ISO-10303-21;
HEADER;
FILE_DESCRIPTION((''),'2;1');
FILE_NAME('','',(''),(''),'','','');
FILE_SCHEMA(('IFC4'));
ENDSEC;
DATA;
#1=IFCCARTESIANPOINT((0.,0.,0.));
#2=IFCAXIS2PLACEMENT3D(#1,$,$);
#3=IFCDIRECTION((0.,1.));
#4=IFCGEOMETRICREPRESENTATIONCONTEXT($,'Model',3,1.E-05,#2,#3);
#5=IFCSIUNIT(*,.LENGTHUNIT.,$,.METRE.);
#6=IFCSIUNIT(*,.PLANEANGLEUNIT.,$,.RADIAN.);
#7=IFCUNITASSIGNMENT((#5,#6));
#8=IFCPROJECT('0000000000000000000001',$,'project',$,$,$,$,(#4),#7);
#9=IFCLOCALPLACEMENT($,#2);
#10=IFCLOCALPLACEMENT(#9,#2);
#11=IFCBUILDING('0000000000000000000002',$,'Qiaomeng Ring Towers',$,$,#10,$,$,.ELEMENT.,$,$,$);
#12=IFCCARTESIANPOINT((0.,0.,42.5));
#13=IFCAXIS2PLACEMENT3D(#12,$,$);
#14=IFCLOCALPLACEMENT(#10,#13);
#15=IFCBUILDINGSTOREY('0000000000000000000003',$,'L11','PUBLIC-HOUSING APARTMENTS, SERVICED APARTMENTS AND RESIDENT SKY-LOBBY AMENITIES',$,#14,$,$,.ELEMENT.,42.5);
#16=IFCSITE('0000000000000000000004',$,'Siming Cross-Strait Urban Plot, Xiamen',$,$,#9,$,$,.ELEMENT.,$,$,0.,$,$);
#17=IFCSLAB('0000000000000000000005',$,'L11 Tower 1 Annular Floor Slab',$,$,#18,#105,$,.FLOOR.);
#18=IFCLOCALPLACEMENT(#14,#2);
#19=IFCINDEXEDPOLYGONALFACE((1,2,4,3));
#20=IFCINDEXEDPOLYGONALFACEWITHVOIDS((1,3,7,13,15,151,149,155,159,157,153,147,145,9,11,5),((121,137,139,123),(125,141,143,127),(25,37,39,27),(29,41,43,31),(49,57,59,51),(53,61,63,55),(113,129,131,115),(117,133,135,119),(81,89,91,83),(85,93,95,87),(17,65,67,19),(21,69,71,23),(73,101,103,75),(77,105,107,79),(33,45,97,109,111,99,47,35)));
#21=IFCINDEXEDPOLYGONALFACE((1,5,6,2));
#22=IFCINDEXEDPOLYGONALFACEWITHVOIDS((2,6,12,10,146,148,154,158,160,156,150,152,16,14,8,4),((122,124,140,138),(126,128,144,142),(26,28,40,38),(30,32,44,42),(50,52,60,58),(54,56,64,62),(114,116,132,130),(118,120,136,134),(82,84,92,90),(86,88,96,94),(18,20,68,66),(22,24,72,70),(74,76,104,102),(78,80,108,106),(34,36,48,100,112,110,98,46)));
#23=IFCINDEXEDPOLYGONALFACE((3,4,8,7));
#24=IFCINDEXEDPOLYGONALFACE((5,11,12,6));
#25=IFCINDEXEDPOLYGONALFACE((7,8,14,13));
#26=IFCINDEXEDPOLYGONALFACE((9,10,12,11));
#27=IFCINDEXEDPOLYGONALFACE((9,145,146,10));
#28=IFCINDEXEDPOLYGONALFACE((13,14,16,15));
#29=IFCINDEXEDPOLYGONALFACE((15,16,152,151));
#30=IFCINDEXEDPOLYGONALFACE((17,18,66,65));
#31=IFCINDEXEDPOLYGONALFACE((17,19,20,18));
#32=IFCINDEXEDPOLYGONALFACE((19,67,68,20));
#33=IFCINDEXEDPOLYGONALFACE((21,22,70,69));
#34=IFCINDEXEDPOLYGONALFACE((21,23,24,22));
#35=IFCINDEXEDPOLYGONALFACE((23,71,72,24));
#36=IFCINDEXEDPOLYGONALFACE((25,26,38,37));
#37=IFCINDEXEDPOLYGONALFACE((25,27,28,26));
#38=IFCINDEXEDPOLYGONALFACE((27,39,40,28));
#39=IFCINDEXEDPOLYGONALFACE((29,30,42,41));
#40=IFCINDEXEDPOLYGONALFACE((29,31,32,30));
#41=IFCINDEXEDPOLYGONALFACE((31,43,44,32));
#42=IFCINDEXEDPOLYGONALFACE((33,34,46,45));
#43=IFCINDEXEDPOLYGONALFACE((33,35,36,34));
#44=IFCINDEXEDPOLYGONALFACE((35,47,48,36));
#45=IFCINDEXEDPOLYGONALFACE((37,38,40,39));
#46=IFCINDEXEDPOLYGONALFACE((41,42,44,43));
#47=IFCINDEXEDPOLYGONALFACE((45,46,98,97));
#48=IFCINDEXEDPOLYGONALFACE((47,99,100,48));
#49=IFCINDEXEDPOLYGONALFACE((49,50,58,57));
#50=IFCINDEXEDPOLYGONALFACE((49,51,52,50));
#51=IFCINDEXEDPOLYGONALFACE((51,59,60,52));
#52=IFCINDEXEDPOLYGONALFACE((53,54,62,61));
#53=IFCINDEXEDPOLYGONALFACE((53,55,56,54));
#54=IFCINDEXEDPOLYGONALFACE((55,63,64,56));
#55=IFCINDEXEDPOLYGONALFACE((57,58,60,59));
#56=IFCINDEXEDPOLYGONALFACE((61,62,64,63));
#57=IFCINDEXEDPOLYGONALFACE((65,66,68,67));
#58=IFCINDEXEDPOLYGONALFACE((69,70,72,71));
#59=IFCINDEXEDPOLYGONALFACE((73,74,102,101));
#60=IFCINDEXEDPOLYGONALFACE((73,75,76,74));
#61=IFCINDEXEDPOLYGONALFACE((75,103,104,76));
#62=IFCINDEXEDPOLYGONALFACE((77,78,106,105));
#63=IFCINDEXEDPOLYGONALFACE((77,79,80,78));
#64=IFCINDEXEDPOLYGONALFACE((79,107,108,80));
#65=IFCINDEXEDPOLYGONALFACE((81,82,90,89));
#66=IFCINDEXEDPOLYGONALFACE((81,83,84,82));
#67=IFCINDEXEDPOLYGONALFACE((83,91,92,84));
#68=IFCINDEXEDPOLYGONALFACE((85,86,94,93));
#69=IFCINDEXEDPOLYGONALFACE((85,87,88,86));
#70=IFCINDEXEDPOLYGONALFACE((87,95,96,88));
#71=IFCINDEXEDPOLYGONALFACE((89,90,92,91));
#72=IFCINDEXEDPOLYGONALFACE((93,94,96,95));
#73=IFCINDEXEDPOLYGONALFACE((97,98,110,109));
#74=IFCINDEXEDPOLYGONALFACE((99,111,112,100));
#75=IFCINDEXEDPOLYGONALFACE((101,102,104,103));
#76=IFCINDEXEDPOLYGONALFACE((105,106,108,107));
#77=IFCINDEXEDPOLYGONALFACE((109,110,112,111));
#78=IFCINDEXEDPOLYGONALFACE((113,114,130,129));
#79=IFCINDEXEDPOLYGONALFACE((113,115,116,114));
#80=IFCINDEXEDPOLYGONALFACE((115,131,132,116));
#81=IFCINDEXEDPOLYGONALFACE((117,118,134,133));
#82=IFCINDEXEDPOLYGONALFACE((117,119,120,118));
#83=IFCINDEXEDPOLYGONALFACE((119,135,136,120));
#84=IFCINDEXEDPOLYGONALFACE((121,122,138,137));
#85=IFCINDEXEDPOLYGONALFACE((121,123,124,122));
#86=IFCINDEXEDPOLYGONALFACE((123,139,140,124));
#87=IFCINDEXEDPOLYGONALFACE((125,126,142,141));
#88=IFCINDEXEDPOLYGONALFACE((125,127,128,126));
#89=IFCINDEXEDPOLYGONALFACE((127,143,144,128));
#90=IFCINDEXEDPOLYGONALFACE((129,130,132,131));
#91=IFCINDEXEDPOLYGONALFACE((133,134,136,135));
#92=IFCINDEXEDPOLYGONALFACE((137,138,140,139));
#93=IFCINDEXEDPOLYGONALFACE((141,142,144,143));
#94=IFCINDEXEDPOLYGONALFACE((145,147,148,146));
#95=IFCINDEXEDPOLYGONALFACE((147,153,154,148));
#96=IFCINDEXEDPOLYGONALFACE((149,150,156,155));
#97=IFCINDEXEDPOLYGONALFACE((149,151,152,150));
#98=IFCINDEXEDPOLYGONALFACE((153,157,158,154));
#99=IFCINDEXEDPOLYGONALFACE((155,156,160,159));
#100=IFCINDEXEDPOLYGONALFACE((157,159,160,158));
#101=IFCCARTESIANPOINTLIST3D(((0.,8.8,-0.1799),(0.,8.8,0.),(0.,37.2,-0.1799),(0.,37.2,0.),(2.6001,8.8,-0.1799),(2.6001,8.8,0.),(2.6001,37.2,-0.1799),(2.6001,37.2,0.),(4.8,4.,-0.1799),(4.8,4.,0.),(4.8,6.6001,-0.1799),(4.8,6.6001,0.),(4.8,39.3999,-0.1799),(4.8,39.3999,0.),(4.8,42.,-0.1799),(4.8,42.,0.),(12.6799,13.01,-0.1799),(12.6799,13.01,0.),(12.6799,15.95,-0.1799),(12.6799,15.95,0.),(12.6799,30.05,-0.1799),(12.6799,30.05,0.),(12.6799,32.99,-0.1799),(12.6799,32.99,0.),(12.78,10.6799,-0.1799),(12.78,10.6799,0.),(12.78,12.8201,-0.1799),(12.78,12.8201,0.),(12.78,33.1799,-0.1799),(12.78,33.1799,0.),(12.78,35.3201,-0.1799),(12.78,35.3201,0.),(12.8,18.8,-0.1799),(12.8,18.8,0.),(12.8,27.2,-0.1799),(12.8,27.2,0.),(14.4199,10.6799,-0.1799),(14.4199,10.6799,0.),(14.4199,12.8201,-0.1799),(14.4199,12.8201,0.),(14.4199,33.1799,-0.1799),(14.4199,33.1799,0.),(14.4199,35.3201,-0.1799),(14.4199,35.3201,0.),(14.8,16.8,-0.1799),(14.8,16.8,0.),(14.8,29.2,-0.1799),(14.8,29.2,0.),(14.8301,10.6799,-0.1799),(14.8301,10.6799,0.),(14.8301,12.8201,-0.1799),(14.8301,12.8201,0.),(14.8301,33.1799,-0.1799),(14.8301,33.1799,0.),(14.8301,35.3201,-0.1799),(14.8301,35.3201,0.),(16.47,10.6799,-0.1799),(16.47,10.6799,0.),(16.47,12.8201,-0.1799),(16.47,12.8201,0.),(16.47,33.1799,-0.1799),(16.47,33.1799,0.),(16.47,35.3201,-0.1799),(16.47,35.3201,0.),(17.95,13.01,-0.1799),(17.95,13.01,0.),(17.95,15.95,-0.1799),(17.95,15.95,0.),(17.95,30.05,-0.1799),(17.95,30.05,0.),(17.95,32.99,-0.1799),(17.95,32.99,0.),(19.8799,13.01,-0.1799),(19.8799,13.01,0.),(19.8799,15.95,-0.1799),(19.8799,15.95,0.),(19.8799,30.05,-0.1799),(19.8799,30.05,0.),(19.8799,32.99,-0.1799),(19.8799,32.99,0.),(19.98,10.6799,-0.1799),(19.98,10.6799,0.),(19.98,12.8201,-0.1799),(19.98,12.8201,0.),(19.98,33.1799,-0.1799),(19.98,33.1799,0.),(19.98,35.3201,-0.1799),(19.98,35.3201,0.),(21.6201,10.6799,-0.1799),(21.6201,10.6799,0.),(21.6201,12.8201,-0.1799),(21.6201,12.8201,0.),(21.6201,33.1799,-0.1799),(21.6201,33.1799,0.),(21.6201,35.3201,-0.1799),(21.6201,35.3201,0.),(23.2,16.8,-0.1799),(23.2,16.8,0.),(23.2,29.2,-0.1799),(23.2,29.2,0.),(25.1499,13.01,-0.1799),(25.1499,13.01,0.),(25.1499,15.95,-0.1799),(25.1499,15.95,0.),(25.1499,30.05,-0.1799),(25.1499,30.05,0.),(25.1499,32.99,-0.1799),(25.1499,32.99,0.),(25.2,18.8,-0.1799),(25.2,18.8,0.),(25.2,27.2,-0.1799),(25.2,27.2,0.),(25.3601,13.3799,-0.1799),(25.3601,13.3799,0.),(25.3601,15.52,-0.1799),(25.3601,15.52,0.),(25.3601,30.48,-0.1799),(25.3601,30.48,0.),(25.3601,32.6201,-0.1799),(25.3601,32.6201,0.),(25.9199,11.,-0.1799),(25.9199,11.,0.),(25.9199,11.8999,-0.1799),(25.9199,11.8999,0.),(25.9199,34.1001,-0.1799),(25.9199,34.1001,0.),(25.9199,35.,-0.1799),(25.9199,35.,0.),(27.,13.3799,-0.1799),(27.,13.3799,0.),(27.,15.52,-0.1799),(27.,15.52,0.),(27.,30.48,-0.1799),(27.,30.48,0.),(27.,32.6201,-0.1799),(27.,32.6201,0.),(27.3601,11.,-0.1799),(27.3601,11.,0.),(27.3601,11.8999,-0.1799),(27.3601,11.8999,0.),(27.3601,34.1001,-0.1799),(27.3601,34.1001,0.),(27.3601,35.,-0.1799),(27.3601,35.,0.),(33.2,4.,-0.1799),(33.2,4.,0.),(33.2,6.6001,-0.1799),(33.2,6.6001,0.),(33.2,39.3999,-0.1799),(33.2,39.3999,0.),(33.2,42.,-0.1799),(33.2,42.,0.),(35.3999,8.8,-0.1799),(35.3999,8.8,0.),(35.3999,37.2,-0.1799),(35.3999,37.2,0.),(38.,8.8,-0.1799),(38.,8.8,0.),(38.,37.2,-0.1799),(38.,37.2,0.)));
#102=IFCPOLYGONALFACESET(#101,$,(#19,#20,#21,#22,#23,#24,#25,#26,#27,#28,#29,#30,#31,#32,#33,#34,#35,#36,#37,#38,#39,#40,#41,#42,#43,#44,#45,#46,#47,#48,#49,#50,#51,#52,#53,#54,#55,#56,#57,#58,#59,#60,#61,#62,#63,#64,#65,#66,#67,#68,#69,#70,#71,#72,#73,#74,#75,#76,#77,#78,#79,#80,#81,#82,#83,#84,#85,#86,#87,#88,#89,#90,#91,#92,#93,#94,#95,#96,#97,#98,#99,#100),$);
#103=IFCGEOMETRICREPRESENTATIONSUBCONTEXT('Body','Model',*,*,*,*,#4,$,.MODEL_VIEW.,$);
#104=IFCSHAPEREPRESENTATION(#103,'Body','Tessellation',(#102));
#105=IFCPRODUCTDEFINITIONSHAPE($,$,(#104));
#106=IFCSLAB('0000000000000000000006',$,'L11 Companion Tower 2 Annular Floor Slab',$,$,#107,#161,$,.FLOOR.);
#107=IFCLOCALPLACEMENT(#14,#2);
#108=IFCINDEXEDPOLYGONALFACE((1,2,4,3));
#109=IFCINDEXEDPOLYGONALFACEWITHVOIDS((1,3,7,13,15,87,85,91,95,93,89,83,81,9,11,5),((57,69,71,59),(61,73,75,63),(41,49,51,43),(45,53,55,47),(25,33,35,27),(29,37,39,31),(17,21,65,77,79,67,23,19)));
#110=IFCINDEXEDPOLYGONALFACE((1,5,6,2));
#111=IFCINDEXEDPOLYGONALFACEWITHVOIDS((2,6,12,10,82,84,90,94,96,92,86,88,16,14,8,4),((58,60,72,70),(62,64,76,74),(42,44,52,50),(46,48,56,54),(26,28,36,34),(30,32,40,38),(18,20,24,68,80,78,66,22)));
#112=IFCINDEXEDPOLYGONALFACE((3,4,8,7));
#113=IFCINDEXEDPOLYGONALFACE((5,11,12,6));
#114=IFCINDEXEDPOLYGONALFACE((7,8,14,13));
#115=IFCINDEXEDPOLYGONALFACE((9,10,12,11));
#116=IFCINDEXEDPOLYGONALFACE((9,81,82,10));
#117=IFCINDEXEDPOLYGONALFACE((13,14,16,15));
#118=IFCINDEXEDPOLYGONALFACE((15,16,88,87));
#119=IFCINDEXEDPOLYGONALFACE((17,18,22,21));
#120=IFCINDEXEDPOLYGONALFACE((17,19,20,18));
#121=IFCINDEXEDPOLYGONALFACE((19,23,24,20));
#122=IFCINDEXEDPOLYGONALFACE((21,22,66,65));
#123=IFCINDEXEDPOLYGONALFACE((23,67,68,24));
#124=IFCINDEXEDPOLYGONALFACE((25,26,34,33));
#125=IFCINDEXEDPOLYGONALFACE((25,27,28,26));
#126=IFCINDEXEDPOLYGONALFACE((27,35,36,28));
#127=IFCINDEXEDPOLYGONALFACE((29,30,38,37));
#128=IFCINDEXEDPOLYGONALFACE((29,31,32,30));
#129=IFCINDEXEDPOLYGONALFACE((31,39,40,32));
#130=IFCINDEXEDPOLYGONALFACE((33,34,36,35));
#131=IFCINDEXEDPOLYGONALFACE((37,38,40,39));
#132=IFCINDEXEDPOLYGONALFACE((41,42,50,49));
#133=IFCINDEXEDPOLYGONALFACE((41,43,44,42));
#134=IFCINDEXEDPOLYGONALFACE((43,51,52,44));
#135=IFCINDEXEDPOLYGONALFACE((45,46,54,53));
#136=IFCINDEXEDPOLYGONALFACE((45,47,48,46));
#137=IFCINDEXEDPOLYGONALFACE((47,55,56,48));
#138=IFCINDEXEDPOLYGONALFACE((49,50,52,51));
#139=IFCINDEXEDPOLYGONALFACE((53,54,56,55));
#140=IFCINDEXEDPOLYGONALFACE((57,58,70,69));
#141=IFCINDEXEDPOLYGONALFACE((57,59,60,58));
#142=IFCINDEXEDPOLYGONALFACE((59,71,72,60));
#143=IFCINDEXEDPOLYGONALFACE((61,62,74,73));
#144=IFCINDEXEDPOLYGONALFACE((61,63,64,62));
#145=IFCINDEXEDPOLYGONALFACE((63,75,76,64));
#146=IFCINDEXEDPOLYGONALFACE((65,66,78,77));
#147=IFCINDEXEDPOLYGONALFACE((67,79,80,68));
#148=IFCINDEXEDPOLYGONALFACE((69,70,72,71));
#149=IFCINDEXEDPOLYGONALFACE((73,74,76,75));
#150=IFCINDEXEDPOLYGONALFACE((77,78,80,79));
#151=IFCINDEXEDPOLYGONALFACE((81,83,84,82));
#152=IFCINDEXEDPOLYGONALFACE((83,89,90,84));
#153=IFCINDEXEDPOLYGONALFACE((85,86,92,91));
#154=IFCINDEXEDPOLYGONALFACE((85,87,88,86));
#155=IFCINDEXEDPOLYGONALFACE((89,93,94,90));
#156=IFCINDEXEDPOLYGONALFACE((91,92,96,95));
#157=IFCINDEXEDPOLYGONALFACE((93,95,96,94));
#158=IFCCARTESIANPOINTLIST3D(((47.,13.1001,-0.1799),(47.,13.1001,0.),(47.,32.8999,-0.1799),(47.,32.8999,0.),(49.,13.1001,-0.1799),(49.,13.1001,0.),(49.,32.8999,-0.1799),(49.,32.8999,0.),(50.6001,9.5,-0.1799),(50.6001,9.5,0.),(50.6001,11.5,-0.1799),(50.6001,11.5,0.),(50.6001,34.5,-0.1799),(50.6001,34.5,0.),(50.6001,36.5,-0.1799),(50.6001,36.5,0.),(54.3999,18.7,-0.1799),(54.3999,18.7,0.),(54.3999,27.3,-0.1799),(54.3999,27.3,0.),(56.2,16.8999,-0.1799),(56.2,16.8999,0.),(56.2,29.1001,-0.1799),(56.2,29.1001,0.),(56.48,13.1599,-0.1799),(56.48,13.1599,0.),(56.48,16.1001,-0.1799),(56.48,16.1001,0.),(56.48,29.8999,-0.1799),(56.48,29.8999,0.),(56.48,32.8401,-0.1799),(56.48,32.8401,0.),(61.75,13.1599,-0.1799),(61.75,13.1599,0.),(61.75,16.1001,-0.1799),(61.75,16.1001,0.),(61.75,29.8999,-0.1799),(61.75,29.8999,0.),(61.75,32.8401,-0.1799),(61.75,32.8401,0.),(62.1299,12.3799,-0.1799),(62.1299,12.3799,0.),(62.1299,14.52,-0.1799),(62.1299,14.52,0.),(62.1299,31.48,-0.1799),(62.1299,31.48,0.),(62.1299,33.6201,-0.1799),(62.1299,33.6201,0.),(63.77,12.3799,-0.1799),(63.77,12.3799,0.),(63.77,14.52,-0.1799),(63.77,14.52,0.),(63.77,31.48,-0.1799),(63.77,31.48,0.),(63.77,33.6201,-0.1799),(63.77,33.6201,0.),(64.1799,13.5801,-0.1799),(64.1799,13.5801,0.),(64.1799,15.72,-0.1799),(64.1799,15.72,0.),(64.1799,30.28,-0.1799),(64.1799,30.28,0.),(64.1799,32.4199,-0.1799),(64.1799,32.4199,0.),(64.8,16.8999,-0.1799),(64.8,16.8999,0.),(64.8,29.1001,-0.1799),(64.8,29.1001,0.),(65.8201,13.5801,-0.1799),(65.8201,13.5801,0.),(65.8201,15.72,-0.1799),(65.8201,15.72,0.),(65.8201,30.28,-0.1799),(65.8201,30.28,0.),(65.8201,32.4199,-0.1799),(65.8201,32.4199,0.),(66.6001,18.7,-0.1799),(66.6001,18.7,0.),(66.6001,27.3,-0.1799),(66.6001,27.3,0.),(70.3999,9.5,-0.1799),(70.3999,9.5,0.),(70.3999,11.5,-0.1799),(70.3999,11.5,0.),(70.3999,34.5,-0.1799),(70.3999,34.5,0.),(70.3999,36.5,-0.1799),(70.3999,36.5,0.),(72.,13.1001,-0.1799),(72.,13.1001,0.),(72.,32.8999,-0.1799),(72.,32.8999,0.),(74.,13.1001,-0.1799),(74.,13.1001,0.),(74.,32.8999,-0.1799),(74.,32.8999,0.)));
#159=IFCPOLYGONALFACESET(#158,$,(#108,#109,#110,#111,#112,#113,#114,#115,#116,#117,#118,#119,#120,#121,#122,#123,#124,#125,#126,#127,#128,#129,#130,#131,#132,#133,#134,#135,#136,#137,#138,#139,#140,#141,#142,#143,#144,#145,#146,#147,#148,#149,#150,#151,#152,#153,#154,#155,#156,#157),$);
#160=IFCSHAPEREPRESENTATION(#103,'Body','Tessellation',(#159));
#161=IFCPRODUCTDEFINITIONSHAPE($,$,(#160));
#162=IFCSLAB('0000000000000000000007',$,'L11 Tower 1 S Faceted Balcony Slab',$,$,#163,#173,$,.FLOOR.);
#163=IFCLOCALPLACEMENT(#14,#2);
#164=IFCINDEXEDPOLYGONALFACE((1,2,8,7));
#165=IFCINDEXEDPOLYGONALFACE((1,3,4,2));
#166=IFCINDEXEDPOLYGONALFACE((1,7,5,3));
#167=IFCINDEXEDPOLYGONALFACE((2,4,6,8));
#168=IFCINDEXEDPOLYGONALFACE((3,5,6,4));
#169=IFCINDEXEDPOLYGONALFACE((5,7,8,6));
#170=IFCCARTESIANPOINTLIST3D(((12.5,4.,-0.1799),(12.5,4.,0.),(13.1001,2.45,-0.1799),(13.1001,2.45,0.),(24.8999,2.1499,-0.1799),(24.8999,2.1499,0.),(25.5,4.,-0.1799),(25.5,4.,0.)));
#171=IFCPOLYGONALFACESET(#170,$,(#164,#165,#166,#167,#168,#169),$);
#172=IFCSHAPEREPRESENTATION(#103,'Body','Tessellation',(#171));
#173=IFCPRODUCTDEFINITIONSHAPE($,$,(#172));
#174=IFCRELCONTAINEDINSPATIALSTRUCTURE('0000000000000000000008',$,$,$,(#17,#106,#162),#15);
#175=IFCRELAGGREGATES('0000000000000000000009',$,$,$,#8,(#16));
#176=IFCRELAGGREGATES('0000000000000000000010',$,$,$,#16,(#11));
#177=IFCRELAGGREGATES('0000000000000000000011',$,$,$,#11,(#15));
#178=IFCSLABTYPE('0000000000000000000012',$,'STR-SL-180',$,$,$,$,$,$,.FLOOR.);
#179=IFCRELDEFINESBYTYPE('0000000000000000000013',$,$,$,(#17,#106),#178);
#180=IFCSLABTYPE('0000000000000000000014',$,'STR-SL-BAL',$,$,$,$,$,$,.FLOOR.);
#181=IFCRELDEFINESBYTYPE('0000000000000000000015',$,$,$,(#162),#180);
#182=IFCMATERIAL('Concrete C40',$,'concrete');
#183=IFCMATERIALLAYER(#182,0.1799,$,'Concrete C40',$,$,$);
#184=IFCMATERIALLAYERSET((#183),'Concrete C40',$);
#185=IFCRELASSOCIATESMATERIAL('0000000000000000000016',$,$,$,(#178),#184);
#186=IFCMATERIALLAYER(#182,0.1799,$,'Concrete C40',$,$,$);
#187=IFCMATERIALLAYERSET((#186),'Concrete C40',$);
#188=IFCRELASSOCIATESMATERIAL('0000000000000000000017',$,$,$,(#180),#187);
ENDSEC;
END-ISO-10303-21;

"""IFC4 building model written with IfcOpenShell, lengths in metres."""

from ifc_helpers import new_model, si_unit, direction, frame, origin, place, context, subcontext, project, spatial, polyline, outline, extrude, material, layer, layer_set, type_object, element, save


model = new_model("IFC4")

# Units and contexts
model_context = context("Model", 3, precision=1e-05, world=origin(), true_north=direction((0.0, 1.0)))
body_context = subcontext(model_context, "Body", "Model", "MODEL_VIEW")
ifc_project = project(units=[si_unit("LENGTHUNIT", "METRE"), si_unit("PLANEANGLEUNIT", "RADIAN")], contexts=[model_context])

# Site, building, storey
site_placement = place(None, origin())
site = spatial("IfcSite", under=ifc_project, at=site_placement, Name="Siming Cross-Strait Urban Plot, Xiamen", CompositionType="ELEMENT", RefElevation=0.0)
building_placement = place(site_placement, origin())
building = spatial("IfcBuilding", under=site, at=building_placement, Name="Qiaomeng Ring Towers", CompositionType="ELEMENT")
storey_placement = place(building_placement, frame((0.0, 0.0, 42.5)))
storey = spatial("IfcBuildingStorey", under=building, at=storey_placement, Name="L11", Description="PUBLIC-HOUSING APARTMENTS, SERVICED APARTMENTS AND RESIDENT SKY-LOBBY AMENITIES", CompositionType="ELEMENT", Elevation=42.5)

# Slabs
ifc_material_1 = material(Name="Concrete C40", Category="concrete")
ifc_layer_1 = layer(ifc_material_1, 0.1799, Name="Concrete C40")
ifc_layer_set_1 = layer_set([ifc_layer_1], Name="Concrete C40")
slab_type_1 = type_object("IfcSlabType", Name="STR-SL-180", PredefinedType="FLOOR", material=ifc_layer_set_1)
slab_1_placement = place(storey_placement, frame((0.0, 0.0, -0.1799)))
element("IfcSlab", 1, at=slab_1_placement, inside=storey, type_object=slab_type_1, Name="L11 Tower 1 Annular Floor Slab", PredefinedType="FLOOR", context=body_context, shape_type="SweptSolid", body=[
    extrude(outline(polyline([(4.8, 4.0), (33.2, 4.0), (33.2, 6.6001), (35.3999, 8.8), (38.0, 8.8), (38.0, 37.2), (35.3999, 37.2), (33.2, 39.3999), (33.2, 42.0), (4.8, 42.0), (4.8, 39.3999), (2.6001, 37.2), (0.0, 37.2), (0.0, 8.8), (2.6001, 8.8), (4.8, 6.6001), (4.8, 4.0)]), holes=[polyline([(12.78, 10.6799), (12.78, 12.8201), (14.4199, 12.8201), (14.4199, 10.6799), (12.78, 10.6799)]), polyline([(14.8301, 12.8201), (16.47, 12.8201), (16.47, 10.6799), (14.8301, 10.6799), (14.8301, 12.8201)]), polyline([(12.6799, 15.95), (17.95, 15.95), (17.95, 13.01), (12.6799, 13.01), (12.6799, 15.95)]), polyline([(25.2, 27.2), (25.2, 18.8), (23.2, 16.8), (14.8, 16.8), (12.8, 18.8), (12.8, 27.2), (14.8, 29.2), (23.2, 29.2), (25.2, 27.2)]), polyline([(12.6799, 32.99), (17.95, 32.99), (17.95, 30.05), (12.6799, 30.05), (12.6799, 32.99)]), polyline([(12.78, 35.3201), (14.4199, 35.3201), (14.4199, 33.1799), (12.78, 33.1799), (12.78, 35.3201)]), polyline([(14.8301, 35.3201), (16.47, 35.3201), (16.47, 33.1799), (14.8301, 33.1799), (14.8301, 35.3201)]), polyline([(19.98, 35.3201), (21.6201, 35.3201), (21.6201, 33.1799), (19.98, 33.1799), (19.98, 35.3201)]), polyline([(25.9199, 11.8999), (27.3601, 11.8999), (27.3601, 11.0), (25.9199, 11.0), (25.9199, 11.8999)]), polyline([(19.98, 12.8201), (21.6201, 12.8201), (21.6201, 10.6799), (19.98, 10.6799), (19.98, 12.8201)]), polyline([(25.3601, 15.52), (27.0, 15.52), (27.0, 13.3799), (25.3601, 13.3799), (25.3601, 15.52)]), polyline([(19.8799, 15.95), (25.1499, 15.95), (25.1499, 13.01), (19.8799, 13.01), (19.8799, 15.95)]), polyline([(19.8799, 32.99), (25.1499, 32.99), (25.1499, 30.05), (19.8799, 30.05), (19.8799, 32.99)]), polyline([(25.3601, 32.6201), (27.0, 32.6201), (27.0, 30.48), (25.3601, 30.48), (25.3601, 32.6201)]), polyline([(25.9199, 35.0), (27.3601, 35.0), (27.3601, 34.1001), (25.9199, 34.1001), (25.9199, 35.0)])]), origin(), (0.0, 0.0, 1.0), 0.1799),
])
slab_2_placement = place(storey_placement, frame((0.0, 0.0, -0.1799)))
element("IfcSlab", 2, at=slab_2_placement, inside=storey, type_object=slab_type_1, Name="L11 Companion Tower 2 Annular Floor Slab", PredefinedType="FLOOR", context=body_context, shape_type="SweptSolid", body=[
    extrude(outline(polyline([(50.6001, 9.5), (70.3999, 9.5), (70.3999, 11.5), (72.0, 13.1001), (74.0, 13.1001), (74.0, 32.8999), (72.0, 32.8999), (70.3999, 34.5), (70.3999, 36.5), (50.6001, 36.5), (50.6001, 34.5), (49.0, 32.8999), (47.0, 32.8999), (47.0, 13.1001), (49.0, 13.1001), (50.6001, 11.5), (50.6001, 9.5)]), holes=[polyline([(62.1299, 12.3799), (62.1299, 14.52), (63.77, 14.52), (63.77, 12.3799), (62.1299, 12.3799)]), polyline([(56.48, 13.1599), (56.48, 16.1001), (61.75, 16.1001), (61.75, 13.1599), (56.48, 13.1599)]), polyline([(64.1799, 13.5801), (64.1799, 15.72), (65.8201, 15.72), (65.8201, 13.5801), (64.1799, 13.5801)]), polyline([(64.8, 29.1001), (66.6001, 27.3), (66.6001, 18.7), (64.8, 16.8999), (56.2, 16.8999), (54.3999, 18.7), (54.3999, 27.3), (56.2, 29.1001), (64.8, 29.1001)]), polyline([(64.1799, 30.28), (64.1799, 32.4199), (65.8201, 32.4199), (65.8201, 30.28), (64.1799, 30.28)]), polyline([(56.48, 32.8401), (61.75, 32.8401), (61.75, 29.8999), (56.48, 29.8999), (56.48, 32.8401)]), polyline([(62.1299, 33.6201), (63.77, 33.6201), (63.77, 31.48), (62.1299, 31.48), (62.1299, 33.6201)])]), origin(), (0.0, 0.0, 1.0), 0.1799),
])
ifc_layer_2 = layer(ifc_material_1, 0.1799, Name="Concrete C40")
ifc_layer_set_2 = layer_set([ifc_layer_2], Name="Concrete C40")
slab_type_2 = type_object("IfcSlabType", Name="STR-SL-BAL", PredefinedType="FLOOR", material=ifc_layer_set_2)
slab_3_placement = place(storey_placement, frame((0.0, 0.0, -0.1799)))
element("IfcSlab", 3, at=slab_3_placement, inside=storey, type_object=slab_type_2, Name="L11 Tower 1 S Faceted Balcony Slab", PredefinedType="FLOOR", context=body_context, shape_type="SweptSolid", body=[
    extrude(outline(polyline([(24.8999, 2.1499), (13.1001, 2.45), (12.5, 4.0), (25.5, 4.0), (24.8999, 2.1499)])), origin(), (0.0, 0.0, 1.0), 0.1799),
])

save(model, "model.ifc")
